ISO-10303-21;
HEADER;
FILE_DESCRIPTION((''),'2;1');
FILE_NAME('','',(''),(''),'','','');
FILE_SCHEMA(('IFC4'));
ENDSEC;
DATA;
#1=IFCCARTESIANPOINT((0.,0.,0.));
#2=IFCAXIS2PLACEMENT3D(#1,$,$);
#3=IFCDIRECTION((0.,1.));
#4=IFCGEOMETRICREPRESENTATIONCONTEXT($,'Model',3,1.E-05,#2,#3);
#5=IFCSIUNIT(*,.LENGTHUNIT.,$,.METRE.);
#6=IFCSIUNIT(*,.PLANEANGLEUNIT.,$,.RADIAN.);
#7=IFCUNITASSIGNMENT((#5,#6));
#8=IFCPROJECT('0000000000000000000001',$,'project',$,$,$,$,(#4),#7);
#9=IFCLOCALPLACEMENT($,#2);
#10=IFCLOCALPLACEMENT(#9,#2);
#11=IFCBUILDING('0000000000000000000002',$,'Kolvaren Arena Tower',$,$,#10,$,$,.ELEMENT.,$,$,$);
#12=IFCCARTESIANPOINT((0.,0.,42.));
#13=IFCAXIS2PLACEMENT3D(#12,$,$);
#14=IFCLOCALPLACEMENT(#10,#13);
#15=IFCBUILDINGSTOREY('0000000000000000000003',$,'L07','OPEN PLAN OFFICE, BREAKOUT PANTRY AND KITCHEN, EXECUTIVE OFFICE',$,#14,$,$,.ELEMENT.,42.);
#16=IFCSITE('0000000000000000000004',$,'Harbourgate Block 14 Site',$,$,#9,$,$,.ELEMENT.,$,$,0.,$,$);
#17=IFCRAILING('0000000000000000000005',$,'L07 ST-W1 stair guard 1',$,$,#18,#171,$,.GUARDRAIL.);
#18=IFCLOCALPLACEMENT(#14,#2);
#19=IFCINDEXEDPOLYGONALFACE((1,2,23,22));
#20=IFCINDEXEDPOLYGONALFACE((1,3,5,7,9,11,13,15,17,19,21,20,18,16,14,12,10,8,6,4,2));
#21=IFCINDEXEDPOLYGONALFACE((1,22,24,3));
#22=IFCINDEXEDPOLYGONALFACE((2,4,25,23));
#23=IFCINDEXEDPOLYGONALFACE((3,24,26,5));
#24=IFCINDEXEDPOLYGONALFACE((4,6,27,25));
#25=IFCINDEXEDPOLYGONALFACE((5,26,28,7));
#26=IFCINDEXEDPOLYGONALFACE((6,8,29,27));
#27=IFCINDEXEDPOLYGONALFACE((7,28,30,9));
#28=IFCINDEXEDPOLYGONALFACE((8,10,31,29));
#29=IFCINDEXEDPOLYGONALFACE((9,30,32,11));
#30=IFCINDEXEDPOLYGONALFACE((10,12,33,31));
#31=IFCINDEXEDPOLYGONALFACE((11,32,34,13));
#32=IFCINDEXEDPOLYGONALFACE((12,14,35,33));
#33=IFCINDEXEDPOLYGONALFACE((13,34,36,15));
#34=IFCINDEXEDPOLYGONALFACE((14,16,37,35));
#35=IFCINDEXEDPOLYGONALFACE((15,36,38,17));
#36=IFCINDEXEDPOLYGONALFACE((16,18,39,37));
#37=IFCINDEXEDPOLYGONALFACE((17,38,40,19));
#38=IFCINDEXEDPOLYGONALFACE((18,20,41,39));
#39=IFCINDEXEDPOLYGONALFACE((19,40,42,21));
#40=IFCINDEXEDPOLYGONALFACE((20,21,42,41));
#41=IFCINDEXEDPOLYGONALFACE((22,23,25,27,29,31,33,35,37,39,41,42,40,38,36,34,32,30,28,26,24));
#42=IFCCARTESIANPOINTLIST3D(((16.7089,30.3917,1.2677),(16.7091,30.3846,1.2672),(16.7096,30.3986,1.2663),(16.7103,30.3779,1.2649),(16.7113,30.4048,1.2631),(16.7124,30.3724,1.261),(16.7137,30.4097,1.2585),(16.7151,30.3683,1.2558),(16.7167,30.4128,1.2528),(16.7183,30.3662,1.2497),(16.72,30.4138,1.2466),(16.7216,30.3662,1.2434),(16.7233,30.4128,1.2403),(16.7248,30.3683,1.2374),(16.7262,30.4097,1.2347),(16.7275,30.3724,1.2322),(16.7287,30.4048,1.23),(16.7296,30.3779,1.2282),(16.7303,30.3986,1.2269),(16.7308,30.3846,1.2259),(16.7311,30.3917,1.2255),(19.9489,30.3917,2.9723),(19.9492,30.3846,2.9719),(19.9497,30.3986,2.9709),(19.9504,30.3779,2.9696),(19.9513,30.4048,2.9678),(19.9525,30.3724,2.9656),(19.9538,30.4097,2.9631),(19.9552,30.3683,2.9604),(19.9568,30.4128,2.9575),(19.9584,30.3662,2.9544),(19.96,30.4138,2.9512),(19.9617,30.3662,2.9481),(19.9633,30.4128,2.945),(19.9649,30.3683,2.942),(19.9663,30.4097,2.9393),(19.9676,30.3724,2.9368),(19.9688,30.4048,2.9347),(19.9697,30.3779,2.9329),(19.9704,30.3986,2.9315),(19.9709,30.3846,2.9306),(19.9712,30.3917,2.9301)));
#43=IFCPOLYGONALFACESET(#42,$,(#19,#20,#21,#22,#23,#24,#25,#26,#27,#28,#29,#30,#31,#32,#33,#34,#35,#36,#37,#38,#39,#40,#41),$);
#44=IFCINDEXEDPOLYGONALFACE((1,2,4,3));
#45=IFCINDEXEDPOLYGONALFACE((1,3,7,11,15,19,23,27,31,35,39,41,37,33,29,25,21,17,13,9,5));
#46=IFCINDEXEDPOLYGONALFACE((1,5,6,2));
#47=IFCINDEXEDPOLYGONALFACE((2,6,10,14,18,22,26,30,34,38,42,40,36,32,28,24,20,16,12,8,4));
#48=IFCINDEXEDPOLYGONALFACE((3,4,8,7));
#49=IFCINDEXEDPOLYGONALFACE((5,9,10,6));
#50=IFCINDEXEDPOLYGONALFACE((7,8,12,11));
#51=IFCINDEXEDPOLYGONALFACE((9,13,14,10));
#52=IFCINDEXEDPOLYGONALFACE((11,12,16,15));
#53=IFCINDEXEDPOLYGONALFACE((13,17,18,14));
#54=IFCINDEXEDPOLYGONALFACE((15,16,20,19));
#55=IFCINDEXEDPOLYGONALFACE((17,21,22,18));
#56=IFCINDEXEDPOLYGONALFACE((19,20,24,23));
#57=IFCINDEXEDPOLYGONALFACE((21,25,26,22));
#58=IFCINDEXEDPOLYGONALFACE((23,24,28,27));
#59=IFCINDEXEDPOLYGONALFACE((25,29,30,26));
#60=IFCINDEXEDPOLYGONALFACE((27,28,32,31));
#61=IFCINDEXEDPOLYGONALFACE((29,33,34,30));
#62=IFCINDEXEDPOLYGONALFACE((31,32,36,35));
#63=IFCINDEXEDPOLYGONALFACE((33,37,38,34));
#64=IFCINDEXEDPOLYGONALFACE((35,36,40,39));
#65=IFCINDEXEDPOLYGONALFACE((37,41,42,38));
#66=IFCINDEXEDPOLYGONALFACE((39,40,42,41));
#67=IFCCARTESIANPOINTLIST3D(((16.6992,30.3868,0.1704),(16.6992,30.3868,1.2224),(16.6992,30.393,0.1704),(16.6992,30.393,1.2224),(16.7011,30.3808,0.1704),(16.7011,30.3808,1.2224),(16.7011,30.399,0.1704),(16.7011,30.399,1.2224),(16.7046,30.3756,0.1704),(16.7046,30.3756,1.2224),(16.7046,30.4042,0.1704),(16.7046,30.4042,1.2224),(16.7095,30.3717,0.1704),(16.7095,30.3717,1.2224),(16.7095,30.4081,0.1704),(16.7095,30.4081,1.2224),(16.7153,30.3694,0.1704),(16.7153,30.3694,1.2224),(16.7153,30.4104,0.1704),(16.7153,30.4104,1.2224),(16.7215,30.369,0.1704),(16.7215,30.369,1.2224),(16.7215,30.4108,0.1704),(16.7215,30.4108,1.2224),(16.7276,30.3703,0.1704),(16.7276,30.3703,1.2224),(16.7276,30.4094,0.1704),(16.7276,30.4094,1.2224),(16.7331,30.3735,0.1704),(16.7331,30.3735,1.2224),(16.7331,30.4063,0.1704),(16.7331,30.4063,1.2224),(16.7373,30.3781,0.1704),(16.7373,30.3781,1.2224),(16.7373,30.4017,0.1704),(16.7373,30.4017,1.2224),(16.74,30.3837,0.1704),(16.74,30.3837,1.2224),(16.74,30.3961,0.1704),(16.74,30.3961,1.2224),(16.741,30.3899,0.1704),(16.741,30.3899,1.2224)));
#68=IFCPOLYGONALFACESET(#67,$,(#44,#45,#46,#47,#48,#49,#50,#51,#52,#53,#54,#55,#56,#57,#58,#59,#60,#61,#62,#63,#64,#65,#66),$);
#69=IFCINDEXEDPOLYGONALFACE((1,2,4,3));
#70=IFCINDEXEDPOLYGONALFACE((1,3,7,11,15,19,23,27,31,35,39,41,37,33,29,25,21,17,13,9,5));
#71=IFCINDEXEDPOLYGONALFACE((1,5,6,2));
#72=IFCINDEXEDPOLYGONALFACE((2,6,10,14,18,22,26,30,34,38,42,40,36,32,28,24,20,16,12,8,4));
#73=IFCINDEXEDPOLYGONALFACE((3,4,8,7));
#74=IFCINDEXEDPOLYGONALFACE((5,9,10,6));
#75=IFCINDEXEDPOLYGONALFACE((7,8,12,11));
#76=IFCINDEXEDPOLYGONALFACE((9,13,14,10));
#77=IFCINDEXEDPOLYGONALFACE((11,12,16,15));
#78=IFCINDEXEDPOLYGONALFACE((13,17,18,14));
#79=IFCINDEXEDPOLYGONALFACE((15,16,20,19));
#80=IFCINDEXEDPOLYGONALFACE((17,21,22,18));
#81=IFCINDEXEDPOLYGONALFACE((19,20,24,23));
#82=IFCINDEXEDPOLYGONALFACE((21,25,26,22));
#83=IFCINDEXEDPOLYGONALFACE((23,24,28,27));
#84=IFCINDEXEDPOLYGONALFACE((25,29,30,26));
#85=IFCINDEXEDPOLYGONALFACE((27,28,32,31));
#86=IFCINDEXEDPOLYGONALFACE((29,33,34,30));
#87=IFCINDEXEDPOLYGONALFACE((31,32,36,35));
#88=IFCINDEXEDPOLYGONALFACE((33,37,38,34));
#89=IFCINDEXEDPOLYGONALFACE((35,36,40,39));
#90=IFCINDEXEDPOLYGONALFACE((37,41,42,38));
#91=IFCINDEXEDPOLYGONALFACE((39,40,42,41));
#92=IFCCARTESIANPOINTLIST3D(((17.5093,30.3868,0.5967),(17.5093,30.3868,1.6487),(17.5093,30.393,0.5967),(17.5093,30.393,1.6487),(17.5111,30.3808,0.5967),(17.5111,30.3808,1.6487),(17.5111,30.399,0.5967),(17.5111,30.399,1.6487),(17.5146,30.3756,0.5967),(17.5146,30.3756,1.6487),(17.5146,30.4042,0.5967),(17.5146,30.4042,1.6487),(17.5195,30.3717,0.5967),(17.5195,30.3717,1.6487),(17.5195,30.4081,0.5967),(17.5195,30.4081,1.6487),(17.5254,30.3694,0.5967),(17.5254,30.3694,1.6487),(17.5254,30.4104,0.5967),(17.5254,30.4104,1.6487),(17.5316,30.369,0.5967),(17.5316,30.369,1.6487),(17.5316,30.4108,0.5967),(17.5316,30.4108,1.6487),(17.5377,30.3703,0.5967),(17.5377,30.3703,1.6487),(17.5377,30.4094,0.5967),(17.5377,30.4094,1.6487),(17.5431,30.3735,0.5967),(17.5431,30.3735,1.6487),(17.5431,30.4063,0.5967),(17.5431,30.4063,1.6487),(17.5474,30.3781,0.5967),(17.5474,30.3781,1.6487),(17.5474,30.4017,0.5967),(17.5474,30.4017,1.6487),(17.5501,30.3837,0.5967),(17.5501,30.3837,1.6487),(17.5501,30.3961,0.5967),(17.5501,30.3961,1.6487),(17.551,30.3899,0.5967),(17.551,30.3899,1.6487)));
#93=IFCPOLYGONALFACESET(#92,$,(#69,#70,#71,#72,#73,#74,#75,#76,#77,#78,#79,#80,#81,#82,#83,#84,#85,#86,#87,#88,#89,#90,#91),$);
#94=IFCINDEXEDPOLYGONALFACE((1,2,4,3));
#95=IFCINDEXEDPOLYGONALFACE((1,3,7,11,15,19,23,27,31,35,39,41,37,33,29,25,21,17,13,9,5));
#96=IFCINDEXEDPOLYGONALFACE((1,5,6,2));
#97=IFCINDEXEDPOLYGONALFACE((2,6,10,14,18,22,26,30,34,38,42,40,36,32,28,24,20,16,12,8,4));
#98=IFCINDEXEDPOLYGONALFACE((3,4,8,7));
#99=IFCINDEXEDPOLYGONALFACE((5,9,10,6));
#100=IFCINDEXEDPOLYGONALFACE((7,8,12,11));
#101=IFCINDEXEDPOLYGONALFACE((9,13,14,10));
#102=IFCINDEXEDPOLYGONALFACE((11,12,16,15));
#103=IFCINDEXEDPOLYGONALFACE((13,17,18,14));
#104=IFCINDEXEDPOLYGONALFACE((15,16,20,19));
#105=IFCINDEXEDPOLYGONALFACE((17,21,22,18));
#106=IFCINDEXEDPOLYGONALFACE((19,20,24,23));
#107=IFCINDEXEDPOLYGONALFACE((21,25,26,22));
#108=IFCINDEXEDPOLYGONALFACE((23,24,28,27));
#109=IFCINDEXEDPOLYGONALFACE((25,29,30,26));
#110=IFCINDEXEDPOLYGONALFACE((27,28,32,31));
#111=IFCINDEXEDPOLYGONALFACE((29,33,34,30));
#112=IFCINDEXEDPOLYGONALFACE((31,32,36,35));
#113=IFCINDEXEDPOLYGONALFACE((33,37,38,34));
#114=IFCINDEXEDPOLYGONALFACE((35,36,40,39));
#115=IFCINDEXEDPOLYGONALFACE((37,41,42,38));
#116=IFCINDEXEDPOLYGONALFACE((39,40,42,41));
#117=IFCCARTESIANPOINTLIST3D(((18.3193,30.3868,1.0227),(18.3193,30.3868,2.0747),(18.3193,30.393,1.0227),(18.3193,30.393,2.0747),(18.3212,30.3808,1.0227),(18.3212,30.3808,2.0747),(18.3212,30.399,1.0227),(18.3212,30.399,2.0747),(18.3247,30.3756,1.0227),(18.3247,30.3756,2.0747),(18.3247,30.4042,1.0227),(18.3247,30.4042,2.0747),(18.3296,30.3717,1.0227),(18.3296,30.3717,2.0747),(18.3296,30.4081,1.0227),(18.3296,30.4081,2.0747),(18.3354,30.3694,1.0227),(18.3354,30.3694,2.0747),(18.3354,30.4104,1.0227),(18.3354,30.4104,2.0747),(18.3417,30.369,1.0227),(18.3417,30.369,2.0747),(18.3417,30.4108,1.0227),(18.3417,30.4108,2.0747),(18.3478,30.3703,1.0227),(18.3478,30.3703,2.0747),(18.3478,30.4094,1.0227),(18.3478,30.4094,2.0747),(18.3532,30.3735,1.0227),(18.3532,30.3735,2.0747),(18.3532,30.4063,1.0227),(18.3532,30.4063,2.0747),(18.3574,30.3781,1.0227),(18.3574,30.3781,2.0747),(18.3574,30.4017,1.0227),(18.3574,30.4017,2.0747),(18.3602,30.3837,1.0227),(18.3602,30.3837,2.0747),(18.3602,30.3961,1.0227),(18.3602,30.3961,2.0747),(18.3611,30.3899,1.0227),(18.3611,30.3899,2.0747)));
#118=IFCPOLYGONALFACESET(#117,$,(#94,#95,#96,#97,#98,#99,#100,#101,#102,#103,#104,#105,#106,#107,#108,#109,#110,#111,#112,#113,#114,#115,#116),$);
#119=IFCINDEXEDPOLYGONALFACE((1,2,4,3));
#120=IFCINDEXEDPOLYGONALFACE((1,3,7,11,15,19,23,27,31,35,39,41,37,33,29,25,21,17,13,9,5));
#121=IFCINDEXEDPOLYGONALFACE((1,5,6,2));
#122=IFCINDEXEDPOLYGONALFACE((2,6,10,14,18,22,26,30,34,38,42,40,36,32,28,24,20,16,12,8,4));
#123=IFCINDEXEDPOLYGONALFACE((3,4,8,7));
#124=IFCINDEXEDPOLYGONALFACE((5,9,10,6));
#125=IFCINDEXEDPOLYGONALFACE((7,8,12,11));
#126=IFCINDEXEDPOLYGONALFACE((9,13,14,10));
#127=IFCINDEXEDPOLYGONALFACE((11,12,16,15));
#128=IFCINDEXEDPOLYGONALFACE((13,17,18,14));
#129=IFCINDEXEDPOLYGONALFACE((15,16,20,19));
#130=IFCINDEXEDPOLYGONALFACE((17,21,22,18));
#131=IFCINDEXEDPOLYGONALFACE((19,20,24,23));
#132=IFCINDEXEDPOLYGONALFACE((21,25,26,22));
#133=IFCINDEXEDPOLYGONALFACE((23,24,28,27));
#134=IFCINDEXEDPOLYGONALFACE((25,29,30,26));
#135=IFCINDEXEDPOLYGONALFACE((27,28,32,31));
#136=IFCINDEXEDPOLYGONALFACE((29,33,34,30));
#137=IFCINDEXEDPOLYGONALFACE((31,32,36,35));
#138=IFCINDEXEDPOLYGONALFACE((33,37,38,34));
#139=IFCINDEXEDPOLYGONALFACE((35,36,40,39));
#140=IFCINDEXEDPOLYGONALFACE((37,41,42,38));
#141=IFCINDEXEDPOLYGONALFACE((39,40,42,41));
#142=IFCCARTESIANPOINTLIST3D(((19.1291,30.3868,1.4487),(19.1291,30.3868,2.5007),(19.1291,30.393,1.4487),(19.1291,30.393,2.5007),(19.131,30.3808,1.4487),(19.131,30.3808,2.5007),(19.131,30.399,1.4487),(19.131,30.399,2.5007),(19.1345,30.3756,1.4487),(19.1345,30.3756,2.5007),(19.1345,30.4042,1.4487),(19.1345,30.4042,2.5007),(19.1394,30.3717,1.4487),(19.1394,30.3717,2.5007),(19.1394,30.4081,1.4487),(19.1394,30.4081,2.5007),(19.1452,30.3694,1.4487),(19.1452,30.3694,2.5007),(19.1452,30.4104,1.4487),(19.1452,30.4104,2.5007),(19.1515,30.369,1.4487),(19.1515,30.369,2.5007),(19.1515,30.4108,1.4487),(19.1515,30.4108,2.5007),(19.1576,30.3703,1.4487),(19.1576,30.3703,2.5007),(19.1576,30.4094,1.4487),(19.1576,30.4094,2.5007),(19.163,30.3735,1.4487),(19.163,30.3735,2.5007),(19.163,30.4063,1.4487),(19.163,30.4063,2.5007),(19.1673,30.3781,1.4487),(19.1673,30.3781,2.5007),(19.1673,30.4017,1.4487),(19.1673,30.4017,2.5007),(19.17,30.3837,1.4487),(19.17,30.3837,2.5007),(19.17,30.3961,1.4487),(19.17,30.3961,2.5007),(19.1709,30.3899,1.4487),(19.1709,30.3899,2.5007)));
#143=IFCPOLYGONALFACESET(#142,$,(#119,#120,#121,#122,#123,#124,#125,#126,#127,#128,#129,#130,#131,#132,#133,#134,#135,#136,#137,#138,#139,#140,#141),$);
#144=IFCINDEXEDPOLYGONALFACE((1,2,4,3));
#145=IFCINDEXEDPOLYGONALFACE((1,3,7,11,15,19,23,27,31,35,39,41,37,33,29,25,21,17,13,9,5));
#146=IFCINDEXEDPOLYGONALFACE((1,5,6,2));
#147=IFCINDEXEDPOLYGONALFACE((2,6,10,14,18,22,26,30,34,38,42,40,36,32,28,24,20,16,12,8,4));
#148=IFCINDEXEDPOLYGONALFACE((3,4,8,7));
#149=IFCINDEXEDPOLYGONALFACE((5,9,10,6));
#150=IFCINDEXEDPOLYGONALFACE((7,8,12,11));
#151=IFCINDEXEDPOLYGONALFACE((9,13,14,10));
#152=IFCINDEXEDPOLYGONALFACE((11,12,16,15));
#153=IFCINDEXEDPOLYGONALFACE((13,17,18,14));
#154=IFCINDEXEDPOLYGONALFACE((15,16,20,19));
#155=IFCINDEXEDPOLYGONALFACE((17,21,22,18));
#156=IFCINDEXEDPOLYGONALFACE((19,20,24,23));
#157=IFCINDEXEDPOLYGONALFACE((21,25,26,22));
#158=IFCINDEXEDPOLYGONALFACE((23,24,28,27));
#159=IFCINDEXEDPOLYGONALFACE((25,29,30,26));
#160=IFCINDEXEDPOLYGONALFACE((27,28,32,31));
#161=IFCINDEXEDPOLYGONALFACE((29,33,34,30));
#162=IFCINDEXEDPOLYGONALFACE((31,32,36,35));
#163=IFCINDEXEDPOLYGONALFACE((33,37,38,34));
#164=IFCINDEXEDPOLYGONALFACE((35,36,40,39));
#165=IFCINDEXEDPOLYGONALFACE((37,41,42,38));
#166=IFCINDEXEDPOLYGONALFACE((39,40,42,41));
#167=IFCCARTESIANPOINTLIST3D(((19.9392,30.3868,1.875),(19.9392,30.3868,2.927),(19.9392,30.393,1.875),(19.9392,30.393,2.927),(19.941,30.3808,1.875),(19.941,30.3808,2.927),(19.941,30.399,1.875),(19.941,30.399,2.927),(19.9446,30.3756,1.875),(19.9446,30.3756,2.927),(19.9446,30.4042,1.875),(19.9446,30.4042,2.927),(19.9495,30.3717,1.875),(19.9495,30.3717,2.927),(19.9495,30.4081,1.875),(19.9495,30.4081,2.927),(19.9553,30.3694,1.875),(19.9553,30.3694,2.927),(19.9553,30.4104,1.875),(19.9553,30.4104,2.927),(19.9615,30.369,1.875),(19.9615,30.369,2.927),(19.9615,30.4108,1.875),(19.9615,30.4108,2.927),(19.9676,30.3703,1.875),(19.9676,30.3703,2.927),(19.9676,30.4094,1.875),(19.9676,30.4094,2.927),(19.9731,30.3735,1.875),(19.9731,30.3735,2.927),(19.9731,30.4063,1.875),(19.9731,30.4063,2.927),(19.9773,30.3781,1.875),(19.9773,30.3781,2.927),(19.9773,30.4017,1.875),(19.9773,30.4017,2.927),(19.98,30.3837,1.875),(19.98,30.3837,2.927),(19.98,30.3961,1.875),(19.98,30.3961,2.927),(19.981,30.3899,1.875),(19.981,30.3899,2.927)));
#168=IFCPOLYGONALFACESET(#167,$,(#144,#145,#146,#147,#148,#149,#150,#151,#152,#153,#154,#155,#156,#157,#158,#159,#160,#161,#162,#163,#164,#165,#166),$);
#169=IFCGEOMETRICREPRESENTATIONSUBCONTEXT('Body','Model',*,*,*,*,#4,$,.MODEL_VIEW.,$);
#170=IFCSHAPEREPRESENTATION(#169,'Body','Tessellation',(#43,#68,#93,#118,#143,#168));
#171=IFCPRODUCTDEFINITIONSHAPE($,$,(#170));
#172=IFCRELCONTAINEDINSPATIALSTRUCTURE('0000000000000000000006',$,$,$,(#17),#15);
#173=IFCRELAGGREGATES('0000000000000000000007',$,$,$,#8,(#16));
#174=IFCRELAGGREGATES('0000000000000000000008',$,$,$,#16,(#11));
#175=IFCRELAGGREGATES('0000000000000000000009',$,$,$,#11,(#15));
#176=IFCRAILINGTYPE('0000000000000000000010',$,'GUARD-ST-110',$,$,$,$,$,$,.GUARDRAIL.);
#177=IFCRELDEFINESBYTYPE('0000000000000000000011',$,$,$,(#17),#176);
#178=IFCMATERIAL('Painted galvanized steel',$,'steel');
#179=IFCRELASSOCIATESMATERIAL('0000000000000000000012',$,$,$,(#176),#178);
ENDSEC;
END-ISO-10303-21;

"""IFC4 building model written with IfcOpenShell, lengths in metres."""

from ifc_helpers import new_model, si_unit, direction, frame, origin, origin_2d, place, context, subcontext, project, spatial, circle, extrude, material, type_object, element, save


model = new_model("IFC4")

# Units and contexts
model_context = context("Model", 3, precision=1e-05, world=origin(), true_north=direction((0.0, 1.0)))
body_context = subcontext(model_context, "Body", "Model", "MODEL_VIEW")
ifc_project = project(units=[si_unit("LENGTHUNIT", "METRE"), si_unit("PLANEANGLEUNIT", "RADIAN")], contexts=[model_context])

# Site, building, storey
site_placement = place(None, origin())
site = spatial("IfcSite", under=ifc_project, at=site_placement, Name="Harbourgate Block 14 Site", CompositionType="ELEMENT", RefElevation=0.0)
building_placement = place(site_placement, origin())
building = spatial("IfcBuilding", under=site, at=building_placement, Name="Kolvaren Arena Tower", CompositionType="ELEMENT")
storey_placement = place(building_placement, frame((0.0, 0.0, 42.0)))
storey = spatial("IfcBuildingStorey", under=building, at=storey_placement, Name="L07", Description="OPEN PLAN OFFICE, BREAKOUT PANTRY AND KITCHEN, EXECUTIVE OFFICE", CompositionType="ELEMENT", Elevation=42.0)

# Railing
ifc_material_1 = material(Name="Painted galvanized steel", Category="steel")
railing_type = type_object("IfcRailingType", Name="GUARD-ST-110", PredefinedType="GUARDRAIL", material=ifc_material_1)
railing_1_placement = place(storey_placement, frame((16.72, 30.3899, 0.1704)))
element("IfcRailing", 1, at=railing_1_placement, inside=storey, type_object=railing_type, Name="L07 ST-W1 stair guard 1", PredefinedType="GUARDRAIL", context=body_context, shape_type="SweptSolid", body=[
    extrude(circle(Radius=0.0239, at=origin_2d()), frame((0.0, 0.0, 1.0762), z_axis=(0.884993, 0.0, 0.465604), x_axis=(0.0, 1.0, 0.0)), (0.0, 0.0, 1.0), 3.6611),
    extrude(circle(Radius=0.021, at=origin_2d()), origin(), (0.0, 0.0, 1.0), 1.052),
    extrude(circle(Radius=0.021, at=origin_2d()), frame((0.8101, 0.0, 0.4263)), (0.0, 0.0, 1.0), 1.052),
    extrude(circle(Radius=0.021, at=origin_2d()), frame((1.6201, 0.0, 0.8523)), (0.0, 0.0, 1.0), 1.052),
    extrude(circle(Radius=0.021, at=origin_2d()), frame((2.4299, 0.0, 1.2783)), (0.0, 0.0, 1.0), 1.052),
    extrude(circle(Radius=0.021, at=origin_2d()), frame((3.24, 0.0, 1.7046)), (0.0, 0.0, 1.0), 1.052),
])

save(model, "model.ifc")
